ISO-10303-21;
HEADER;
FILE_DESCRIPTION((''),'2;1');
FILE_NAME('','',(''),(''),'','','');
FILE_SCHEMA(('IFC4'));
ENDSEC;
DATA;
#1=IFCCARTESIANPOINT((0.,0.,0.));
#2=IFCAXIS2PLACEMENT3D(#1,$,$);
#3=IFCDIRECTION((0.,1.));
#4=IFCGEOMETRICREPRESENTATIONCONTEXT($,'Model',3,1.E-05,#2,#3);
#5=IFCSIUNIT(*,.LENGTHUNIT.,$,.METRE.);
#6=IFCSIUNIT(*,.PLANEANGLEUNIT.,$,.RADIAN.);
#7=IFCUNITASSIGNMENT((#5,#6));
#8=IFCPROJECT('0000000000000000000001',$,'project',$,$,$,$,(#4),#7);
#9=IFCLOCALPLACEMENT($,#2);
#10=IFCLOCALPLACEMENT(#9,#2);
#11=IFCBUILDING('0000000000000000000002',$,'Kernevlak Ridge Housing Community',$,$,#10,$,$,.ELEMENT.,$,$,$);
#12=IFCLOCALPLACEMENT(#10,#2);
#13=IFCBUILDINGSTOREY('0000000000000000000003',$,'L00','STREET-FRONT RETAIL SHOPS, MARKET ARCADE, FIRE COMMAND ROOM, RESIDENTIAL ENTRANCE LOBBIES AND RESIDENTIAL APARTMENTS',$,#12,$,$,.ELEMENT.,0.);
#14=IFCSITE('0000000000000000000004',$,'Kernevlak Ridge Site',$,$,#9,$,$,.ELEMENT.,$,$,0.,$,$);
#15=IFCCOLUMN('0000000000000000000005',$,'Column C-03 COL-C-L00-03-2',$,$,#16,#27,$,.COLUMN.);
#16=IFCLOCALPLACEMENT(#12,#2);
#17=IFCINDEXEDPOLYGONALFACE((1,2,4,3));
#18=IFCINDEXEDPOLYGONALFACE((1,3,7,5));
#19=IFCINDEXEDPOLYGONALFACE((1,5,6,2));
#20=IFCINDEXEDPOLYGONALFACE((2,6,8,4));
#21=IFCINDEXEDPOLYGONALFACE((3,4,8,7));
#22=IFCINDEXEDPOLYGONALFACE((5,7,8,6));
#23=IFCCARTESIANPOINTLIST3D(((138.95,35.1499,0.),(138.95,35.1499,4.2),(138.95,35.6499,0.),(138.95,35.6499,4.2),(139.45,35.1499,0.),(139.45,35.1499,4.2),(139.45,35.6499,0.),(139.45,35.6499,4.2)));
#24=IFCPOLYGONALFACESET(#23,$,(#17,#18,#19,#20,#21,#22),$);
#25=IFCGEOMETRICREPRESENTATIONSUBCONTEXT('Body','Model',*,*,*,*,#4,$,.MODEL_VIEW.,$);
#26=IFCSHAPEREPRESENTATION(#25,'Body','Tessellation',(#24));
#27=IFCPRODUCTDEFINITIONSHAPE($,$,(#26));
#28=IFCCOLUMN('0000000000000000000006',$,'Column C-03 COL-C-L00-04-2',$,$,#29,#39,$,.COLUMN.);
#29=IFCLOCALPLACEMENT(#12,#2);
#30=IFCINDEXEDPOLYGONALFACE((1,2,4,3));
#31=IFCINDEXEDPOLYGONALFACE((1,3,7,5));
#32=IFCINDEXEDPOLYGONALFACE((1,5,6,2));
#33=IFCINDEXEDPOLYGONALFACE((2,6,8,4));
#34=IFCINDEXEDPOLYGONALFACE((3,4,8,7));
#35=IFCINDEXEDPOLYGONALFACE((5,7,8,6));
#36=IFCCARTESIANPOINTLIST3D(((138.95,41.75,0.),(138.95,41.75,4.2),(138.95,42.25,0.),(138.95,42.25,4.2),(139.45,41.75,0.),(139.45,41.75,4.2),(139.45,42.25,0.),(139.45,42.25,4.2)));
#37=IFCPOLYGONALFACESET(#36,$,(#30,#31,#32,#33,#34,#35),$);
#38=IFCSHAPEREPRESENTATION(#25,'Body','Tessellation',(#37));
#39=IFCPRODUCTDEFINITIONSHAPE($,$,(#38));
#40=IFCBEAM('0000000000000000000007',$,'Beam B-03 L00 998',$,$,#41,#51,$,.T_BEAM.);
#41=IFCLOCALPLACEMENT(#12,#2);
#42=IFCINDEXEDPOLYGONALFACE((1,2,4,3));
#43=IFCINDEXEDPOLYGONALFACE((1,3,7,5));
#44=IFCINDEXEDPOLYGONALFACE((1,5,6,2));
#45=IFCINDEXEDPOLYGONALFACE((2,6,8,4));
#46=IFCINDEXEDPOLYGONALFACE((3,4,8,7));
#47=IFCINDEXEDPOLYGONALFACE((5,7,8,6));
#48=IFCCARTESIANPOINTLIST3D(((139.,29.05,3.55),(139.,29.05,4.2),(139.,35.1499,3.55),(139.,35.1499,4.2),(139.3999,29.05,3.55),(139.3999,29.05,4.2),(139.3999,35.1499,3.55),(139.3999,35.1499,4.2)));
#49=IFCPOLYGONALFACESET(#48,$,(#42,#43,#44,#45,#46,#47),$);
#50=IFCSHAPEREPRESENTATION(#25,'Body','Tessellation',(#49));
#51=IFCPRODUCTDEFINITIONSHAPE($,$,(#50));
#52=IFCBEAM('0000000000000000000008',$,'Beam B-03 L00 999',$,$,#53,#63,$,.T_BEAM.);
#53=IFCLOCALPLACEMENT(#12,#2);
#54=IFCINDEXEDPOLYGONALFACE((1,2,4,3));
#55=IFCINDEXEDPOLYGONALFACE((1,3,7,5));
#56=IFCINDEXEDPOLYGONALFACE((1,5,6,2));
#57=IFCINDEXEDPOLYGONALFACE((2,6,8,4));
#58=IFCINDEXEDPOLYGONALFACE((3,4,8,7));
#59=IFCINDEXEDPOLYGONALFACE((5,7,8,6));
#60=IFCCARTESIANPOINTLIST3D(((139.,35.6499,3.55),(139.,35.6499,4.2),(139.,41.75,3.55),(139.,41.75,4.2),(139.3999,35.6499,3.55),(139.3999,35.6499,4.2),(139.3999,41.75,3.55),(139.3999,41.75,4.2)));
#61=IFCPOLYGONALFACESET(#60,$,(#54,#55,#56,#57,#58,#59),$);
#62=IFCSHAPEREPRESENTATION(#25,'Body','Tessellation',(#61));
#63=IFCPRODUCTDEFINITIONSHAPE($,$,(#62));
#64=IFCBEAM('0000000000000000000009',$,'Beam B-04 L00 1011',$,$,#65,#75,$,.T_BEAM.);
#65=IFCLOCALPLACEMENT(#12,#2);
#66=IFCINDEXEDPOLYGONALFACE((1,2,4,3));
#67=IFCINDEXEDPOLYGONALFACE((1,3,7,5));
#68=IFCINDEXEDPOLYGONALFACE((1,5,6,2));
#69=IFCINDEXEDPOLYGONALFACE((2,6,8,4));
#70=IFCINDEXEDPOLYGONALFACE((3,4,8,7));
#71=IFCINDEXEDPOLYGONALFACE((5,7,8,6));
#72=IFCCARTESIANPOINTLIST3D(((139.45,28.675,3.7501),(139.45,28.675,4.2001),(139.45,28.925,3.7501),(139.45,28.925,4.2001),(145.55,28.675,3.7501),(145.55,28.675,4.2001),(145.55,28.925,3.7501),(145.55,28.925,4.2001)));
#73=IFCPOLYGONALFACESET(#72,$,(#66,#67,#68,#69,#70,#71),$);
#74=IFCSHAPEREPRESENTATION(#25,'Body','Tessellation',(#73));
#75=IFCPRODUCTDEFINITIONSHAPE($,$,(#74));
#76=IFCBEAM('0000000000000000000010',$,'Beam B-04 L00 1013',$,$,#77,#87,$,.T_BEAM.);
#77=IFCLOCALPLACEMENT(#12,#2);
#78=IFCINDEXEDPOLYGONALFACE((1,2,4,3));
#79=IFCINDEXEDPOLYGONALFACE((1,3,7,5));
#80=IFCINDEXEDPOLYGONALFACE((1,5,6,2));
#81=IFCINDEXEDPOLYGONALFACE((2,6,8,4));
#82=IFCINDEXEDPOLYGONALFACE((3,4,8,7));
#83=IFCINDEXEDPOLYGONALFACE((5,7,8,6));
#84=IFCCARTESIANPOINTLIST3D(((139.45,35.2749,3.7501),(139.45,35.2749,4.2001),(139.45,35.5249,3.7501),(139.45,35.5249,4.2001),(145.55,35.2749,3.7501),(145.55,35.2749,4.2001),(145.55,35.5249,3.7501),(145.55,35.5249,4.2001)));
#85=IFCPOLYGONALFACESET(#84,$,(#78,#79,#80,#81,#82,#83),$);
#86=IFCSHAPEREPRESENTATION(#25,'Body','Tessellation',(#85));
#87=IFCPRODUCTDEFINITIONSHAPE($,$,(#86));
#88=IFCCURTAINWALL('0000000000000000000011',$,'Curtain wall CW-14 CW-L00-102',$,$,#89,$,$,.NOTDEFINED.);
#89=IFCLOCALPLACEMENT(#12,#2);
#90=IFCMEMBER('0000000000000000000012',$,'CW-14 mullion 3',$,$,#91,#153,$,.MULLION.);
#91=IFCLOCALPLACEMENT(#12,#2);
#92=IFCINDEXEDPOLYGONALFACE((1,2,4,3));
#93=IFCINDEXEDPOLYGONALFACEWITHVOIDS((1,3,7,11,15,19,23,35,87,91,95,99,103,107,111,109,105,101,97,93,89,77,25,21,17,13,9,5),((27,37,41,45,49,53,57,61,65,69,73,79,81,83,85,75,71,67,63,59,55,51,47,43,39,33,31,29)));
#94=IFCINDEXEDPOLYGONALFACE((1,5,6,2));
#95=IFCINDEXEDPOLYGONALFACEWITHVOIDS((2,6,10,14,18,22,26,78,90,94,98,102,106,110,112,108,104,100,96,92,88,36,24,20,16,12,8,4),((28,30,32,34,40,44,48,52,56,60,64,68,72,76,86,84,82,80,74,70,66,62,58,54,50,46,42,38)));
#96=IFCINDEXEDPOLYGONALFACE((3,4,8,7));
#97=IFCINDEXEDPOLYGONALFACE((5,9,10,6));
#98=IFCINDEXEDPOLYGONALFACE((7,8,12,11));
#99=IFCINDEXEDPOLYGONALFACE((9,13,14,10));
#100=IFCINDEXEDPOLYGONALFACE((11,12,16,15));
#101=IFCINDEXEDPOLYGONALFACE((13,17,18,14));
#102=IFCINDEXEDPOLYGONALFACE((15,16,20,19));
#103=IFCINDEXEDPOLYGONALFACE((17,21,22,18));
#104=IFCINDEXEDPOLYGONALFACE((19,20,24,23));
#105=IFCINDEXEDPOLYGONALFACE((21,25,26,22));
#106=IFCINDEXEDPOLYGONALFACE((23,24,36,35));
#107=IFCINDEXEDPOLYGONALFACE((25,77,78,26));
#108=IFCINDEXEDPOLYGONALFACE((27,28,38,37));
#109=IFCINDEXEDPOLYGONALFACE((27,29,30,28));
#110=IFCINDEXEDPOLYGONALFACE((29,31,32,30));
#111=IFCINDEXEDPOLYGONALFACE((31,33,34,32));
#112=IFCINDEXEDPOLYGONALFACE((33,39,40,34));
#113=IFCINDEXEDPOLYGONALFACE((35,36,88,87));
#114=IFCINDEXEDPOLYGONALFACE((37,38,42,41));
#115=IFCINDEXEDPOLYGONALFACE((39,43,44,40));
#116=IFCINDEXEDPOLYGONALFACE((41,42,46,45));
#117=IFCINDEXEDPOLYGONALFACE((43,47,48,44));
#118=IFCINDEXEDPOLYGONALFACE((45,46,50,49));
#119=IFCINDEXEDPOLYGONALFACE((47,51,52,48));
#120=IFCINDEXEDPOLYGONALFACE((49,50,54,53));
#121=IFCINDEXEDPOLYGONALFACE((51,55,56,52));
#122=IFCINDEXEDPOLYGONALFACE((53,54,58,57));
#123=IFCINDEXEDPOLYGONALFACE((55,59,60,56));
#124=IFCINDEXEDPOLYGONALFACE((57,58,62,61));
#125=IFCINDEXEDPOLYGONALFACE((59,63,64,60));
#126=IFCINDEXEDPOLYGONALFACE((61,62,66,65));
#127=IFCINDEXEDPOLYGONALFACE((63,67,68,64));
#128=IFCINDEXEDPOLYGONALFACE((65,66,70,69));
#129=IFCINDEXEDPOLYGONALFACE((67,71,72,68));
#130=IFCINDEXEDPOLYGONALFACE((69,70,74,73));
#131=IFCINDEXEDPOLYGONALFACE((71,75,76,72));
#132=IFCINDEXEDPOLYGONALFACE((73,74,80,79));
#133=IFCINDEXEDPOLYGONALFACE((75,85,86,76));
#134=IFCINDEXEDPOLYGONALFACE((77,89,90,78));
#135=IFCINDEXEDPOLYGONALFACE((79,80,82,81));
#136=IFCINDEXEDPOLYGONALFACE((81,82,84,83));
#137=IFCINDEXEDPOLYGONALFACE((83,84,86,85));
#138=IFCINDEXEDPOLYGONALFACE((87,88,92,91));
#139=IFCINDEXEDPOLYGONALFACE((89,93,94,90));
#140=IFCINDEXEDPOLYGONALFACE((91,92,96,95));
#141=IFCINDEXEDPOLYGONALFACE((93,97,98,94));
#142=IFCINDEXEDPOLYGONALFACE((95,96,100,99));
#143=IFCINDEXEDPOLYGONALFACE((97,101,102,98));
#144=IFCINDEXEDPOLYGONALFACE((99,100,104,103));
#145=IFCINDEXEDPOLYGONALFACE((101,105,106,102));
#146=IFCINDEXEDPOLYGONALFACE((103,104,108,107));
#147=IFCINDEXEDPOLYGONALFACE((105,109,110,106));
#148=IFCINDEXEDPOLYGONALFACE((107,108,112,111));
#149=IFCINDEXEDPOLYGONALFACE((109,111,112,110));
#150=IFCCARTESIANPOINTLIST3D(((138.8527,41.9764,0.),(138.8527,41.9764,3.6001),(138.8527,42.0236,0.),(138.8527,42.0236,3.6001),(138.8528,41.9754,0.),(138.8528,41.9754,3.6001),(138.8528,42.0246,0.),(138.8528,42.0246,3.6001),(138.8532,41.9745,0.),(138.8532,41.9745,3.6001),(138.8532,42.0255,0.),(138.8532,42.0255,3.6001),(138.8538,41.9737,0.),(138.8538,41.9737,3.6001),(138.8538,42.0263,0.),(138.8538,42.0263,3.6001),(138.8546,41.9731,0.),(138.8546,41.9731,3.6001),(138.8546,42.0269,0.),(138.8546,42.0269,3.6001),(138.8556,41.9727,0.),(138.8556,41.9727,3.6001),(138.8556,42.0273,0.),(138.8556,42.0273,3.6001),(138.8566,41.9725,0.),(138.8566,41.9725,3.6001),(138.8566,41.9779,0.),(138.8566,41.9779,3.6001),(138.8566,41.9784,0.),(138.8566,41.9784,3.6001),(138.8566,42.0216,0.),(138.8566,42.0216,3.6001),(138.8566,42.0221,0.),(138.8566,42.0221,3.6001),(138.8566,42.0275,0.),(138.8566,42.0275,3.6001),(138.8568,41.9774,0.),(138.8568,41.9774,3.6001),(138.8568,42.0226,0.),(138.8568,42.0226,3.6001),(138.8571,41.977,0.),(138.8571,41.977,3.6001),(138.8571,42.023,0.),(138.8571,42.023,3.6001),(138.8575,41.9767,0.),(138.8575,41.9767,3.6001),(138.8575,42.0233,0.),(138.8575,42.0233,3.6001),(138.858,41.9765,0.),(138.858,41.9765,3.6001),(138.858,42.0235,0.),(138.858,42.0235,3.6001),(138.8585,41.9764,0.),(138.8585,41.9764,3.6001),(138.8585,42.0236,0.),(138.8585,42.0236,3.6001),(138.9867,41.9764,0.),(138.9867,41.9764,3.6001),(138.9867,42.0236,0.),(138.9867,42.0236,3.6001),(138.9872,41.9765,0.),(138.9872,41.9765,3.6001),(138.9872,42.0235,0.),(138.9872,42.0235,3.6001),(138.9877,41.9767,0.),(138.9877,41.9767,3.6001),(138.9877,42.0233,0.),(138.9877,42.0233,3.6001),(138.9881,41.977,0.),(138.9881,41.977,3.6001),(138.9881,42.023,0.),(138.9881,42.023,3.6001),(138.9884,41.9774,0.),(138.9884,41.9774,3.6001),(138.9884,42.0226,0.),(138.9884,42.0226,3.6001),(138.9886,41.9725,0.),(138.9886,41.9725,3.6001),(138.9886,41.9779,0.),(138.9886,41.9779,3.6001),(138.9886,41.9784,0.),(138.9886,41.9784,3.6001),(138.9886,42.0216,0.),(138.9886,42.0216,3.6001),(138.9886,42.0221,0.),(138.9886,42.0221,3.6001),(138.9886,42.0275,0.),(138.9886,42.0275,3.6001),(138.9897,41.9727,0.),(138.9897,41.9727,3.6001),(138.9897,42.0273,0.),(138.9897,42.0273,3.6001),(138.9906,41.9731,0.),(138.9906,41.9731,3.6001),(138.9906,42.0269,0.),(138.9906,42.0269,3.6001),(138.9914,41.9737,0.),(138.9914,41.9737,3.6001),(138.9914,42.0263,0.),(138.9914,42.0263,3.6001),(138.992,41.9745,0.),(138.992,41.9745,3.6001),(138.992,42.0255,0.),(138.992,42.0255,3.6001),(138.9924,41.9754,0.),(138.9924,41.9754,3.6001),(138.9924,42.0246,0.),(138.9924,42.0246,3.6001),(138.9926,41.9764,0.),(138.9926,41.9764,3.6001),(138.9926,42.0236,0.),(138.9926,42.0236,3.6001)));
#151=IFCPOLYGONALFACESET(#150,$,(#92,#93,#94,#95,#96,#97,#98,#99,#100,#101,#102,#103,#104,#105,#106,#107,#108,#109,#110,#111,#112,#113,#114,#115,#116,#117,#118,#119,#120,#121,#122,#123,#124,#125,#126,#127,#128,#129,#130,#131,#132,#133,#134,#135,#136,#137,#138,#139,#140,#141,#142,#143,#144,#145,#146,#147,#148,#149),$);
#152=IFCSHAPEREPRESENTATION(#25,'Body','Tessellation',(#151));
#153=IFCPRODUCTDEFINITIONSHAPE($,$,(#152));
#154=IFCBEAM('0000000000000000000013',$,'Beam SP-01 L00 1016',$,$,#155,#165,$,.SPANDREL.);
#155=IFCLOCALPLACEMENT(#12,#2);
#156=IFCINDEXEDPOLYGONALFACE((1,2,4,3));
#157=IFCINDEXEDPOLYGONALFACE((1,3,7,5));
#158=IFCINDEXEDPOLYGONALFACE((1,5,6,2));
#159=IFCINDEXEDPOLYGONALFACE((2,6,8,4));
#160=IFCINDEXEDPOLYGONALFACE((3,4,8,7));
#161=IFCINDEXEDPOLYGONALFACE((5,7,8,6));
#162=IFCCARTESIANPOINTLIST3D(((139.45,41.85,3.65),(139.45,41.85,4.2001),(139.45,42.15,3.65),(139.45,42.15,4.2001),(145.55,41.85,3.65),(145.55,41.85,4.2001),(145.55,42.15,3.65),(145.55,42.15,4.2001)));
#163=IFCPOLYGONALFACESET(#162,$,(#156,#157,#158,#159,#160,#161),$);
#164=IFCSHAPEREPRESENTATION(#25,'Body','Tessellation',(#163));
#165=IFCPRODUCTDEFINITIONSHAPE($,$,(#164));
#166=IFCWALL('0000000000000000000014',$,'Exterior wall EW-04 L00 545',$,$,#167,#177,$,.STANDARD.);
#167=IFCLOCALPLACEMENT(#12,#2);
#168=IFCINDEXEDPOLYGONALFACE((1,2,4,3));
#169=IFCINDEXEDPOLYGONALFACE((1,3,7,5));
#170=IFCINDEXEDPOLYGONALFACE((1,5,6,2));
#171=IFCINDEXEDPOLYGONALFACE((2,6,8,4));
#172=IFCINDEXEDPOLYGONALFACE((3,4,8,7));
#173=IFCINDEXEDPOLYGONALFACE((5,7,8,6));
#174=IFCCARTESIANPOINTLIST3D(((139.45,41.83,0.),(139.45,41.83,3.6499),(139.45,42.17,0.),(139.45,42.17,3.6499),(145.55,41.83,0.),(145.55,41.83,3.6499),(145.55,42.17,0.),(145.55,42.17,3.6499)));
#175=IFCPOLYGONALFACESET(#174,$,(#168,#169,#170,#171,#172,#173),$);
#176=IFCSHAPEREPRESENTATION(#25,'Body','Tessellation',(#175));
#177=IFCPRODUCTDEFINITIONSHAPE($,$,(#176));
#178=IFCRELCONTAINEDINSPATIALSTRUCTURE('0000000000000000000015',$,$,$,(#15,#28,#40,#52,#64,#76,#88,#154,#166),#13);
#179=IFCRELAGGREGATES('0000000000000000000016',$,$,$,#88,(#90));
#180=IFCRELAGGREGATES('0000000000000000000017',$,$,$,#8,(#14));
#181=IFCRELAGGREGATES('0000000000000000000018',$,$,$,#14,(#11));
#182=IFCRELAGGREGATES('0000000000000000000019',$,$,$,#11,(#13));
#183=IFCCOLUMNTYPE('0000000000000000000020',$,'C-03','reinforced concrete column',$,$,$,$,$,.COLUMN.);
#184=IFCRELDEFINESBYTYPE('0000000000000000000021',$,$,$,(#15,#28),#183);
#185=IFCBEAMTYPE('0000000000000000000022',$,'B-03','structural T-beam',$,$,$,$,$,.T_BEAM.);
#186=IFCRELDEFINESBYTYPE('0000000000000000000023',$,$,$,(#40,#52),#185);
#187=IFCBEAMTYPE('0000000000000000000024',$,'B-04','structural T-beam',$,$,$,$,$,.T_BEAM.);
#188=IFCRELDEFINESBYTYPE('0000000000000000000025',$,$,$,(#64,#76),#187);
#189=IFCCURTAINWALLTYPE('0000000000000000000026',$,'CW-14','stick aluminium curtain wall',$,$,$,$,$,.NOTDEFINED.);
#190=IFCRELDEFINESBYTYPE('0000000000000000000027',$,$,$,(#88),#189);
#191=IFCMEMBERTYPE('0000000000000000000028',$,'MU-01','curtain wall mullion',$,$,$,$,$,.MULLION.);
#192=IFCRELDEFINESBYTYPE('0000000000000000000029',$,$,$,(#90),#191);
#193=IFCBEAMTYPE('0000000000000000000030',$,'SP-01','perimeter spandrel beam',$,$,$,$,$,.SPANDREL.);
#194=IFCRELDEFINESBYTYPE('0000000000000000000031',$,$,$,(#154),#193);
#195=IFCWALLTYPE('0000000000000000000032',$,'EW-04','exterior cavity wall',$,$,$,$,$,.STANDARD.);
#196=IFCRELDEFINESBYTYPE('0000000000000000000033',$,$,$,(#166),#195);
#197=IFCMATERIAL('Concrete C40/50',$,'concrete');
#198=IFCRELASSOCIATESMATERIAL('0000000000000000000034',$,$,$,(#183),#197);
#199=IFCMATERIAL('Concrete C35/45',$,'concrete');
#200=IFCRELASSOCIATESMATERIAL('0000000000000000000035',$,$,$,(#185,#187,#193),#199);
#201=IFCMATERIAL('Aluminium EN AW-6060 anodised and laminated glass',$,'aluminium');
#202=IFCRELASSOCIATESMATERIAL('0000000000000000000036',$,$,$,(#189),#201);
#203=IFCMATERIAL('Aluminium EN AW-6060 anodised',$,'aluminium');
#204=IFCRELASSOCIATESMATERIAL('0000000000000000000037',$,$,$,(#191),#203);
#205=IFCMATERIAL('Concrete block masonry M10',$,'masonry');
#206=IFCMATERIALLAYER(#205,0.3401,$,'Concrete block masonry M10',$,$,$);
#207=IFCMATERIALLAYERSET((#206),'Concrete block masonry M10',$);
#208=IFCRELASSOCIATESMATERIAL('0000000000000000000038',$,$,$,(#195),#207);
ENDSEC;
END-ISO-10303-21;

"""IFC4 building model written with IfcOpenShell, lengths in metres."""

from ifc_helpers import new_model, si_unit, direction, frame, frame_2d, origin, origin_2d, place, context, subcontext, project, spatial, rectangle, hollow_rectangle, extrude, material, layer, layer_set, material_profile, profile_set, type_object, element, aggregate, save


model = new_model("IFC4")

# Units and contexts
model_context = context("Model", 3, precision=1e-05, world=origin(), true_north=direction((0.0, 1.0)))
body_context = subcontext(model_context, "Body", "Model", "MODEL_VIEW")
ifc_project = project(units=[si_unit("LENGTHUNIT", "METRE"), si_unit("PLANEANGLEUNIT", "RADIAN")], contexts=[model_context])

# Site, building, storey
site_placement = place(None, origin())
site = spatial("IfcSite", under=ifc_project, at=site_placement, Name="Kernevlak Ridge Site", CompositionType="ELEMENT", RefElevation=0.0)
building_placement = place(site_placement, origin())
building = spatial("IfcBuilding", under=site, at=building_placement, Name="Kernevlak Ridge Housing Community", CompositionType="ELEMENT")
storey_placement = place(building_placement, origin())
storey = spatial("IfcBuildingStorey", under=building, at=storey_placement, Name="L00", Description="STREET-FRONT RETAIL SHOPS, MARKET ARCADE, FIRE COMMAND ROOM, RESIDENTIAL ENTRANCE LOBBIES AND RESIDENTIAL APARTMENTS", CompositionType="ELEMENT", Elevation=0.0)

# Columns
ifc_material_1 = material(Name="Concrete C40/50", Category="concrete")
ifc_material_profile_1 = material_profile(ifc_material_1, rectangle(XDim=0.5, YDim=0.5, at=origin_2d()), Name="RC 500x500")
ifc_profile_set_1 = profile_set([ifc_material_profile_1], Name="Concrete C40/50")
column_type = type_object("IfcColumnType", Name="C-03", Description="reinforced concrete column", PredefinedType="COLUMN", material=ifc_profile_set_1)
for number, where, z_axis, x_axis, name in (
    (1, (139.2, 35.3999, 0.0), (0.0, 0.0, 1.0), (1.0, 0.0, 0.0), "Column C-03 COL-C-L00-03-2"),
    (2, (139.2, 42.0, 0.0), (0.0, 0.0, 1.0), (1.0, 0.0, 0.0), "Column C-03 COL-C-L00-04-2"),
):
    element("IfcColumn", number, at=place(storey_placement, frame(where, z_axis=z_axis, x_axis=x_axis)), inside=storey, type_object=column_type, Name=name, PredefinedType="COLUMN", context=body_context, shape_type="SweptSolid", body=[
        extrude(rectangle(XDim=0.5, YDim=0.5, at=origin_2d()), origin(), (0.0, 0.0, 1.0), 4.2),
    ])

# Beams
ifc_material_2 = material(Name="Concrete C35/45", Category="concrete")
ifc_material_profile_2 = material_profile(ifc_material_2, rectangle(XDim=0.3999, YDim=0.6499, at=origin_2d()), Name="RC 400x650")
ifc_profile_set_2 = profile_set([ifc_material_profile_2], Name="Concrete C35/45")
beam_type_1 = type_object("IfcBeamType", Name="B-03", Description="structural T-beam", PredefinedType="T_BEAM", material=ifc_profile_set_2)
beam_1_placement = place(storey_placement, frame((139.2, 29.05, 3.875), z_axis=(0.0, 1.0, 0.0), x_axis=(-1.0, 0.0, 0.0)))
element("IfcBeam", 3, at=beam_1_placement, inside=storey, type_object=beam_type_1, Name="Beam B-03 L00 998", PredefinedType="T_BEAM", context=body_context, shape_type="SweptSolid", body=[
    extrude(rectangle(XDim=0.3999, YDim=0.6499, at=origin_2d()), origin(), (0.0, 0.0, 1.0), 6.0999),
])
beam_2_placement = place(storey_placement, frame((139.2, 35.6499, 3.875), z_axis=(0.0, 1.0, 0.0), x_axis=(-1.0, 0.0, 0.0)))
element("IfcBeam", 4, at=beam_2_placement, inside=storey, type_object=beam_type_1, Name="Beam B-03 L00 999", PredefinedType="T_BEAM", context=body_context, shape_type="SweptSolid", body=[
    extrude(rectangle(XDim=0.3999, YDim=0.6499, at=origin_2d()), origin(), (0.0, 0.0, 1.0), 6.1001),
])
ifc_material_profile_3 = material_profile(ifc_material_2, rectangle(XDim=0.25, YDim=0.45, at=origin_2d()), Name="RC 250x450")
ifc_profile_set_3 = profile_set([ifc_material_profile_3], Name="Concrete C35/45")
beam_type_2 = type_object("IfcBeamType", Name="B-04", Description="structural T-beam", PredefinedType="T_BEAM", material=ifc_profile_set_3)
for number, where, z_axis, x_axis, name in (
    (5, (139.45, 28.8, 3.9751), (1.0, 0.0, 0.0), (0.0, 1.0, 0.0), "Beam B-04 L00 1011"),
    (6, (139.45, 35.3999, 3.9751), (1.0, 0.0, 0.0), (0.0, 1.0, 0.0), "Beam B-04 L00 1013"),
):
    element("IfcBeam", number, at=place(storey_placement, frame(where, z_axis=z_axis, x_axis=x_axis)), inside=storey, type_object=beam_type_2, Name=name, PredefinedType="T_BEAM", context=body_context, shape_type="SweptSolid", body=[
        extrude(rectangle(XDim=0.25, YDim=0.45, at=origin_2d()), origin(), (0.0, 0.0, 1.0), 6.1001),
    ])

# Curtain wall, member
ifc_material_3 = material(Name="Aluminium EN AW-6060 anodised and laminated glass", Category="aluminium")
curtain_wall_type = type_object("IfcCurtainWallType", Name="CW-14", Description="stick aluminium curtain wall", PredefinedType="NOTDEFINED", material=ifc_material_3)
curtain_wall_placement = place(storey_placement, origin())
curtain_wall = element("IfcCurtainWall", 7, at=curtain_wall_placement, inside=storey, type_object=curtain_wall_type, Name="Curtain wall CW-14 CW-L00-102", PredefinedType="NOTDEFINED")
ifc_material_4 = material(Name="Aluminium EN AW-6060 anodised", Category="aluminium")
ifc_material_profile_4 = material_profile(ifc_material_4, hollow_rectangle(XDim=0.0549, YDim=0.1399, WallThickness=0.0039, InnerFilletRadius=0.002, OuterFilletRadius=0.0039, at=origin_2d()), Name="ALU 55x140x4")
ifc_profile_set_4 = profile_set([ifc_material_profile_4], Name="Aluminium EN AW-6060 anodised")
member_type = type_object("IfcMemberType", Name="MU-01", Description="curtain wall mullion", PredefinedType="MULLION", material=ifc_profile_set_4)
member_placement = place(storey_placement, frame((138.9226, 42.0, 0.0), z_axis=(0.0, 0.0, 1.0), x_axis=(0.0, 1.0, 0.0)))
member = element("IfcMember", 8, at=member_placement, type_object=member_type, Name="CW-14 mullion 3", PredefinedType="MULLION", context=body_context, shape_type="SweptSolid", body=[
    extrude(hollow_rectangle(XDim=0.0549, YDim=0.1399, WallThickness=0.0039, InnerFilletRadius=0.002, OuterFilletRadius=0.0039, at=origin_2d()), origin(), (0.0, 0.0, 1.0), 3.6001),
])
aggregate(curtain_wall, [member])

# Beam
ifc_material_profile_5 = material_profile(ifc_material_2, rectangle(XDim=0.3, YDim=0.55, at=origin_2d()), Name="RC 300x550")
ifc_profile_set_5 = profile_set([ifc_material_profile_5], Name="Concrete C35/45")
beam_type_3 = type_object("IfcBeamType", Name="SP-01", Description="perimeter spandrel beam", PredefinedType="SPANDREL", material=ifc_profile_set_5)
beam_3_placement = place(storey_placement, frame((139.45, 42.0, 3.925), z_axis=(1.0, 0.0, 0.0), x_axis=(0.0, 1.0, 0.0)))
element("IfcBeam", 9, at=beam_3_placement, inside=storey, type_object=beam_type_3, Name="Beam SP-01 L00 1016", PredefinedType="SPANDREL", context=body_context, shape_type="SweptSolid", body=[
    extrude(rectangle(XDim=0.3, YDim=0.55, at=origin_2d()), origin(), (0.0, 0.0, 1.0), 6.1001),
])

# Wall
ifc_material_5 = material(Name="Concrete block masonry M10", Category="masonry")
ifc_layer_1 = layer(ifc_material_5, 0.3401, Name="Concrete block masonry M10")
ifc_layer_set_1 = layer_set([ifc_layer_1], Name="Concrete block masonry M10")
wall_type_1 = type_object("IfcWallType", Name="EW-04", Description="exterior cavity wall", PredefinedType="STANDARD", material=ifc_layer_set_1)
wall_1_placement = place(storey_placement, frame((139.45, 42.0, 0.0), z_axis=(0.0, 0.0, 1.0), x_axis=(1.0, 0.0, 0.0)))
element("IfcWall", 10, at=wall_1_placement, inside=storey, type_object=wall_type_1, Name="Exterior wall EW-04 L00 545", PredefinedType="STANDARD", context=body_context, shape_type="SweptSolid", body=[
    extrude(rectangle(XDim=6.1001, YDim=0.3401, at=frame_2d((3.05, 0.0))), origin(), (0.0, 0.0, 1.0), 3.6499),
])

save(model, "model.ifc")
